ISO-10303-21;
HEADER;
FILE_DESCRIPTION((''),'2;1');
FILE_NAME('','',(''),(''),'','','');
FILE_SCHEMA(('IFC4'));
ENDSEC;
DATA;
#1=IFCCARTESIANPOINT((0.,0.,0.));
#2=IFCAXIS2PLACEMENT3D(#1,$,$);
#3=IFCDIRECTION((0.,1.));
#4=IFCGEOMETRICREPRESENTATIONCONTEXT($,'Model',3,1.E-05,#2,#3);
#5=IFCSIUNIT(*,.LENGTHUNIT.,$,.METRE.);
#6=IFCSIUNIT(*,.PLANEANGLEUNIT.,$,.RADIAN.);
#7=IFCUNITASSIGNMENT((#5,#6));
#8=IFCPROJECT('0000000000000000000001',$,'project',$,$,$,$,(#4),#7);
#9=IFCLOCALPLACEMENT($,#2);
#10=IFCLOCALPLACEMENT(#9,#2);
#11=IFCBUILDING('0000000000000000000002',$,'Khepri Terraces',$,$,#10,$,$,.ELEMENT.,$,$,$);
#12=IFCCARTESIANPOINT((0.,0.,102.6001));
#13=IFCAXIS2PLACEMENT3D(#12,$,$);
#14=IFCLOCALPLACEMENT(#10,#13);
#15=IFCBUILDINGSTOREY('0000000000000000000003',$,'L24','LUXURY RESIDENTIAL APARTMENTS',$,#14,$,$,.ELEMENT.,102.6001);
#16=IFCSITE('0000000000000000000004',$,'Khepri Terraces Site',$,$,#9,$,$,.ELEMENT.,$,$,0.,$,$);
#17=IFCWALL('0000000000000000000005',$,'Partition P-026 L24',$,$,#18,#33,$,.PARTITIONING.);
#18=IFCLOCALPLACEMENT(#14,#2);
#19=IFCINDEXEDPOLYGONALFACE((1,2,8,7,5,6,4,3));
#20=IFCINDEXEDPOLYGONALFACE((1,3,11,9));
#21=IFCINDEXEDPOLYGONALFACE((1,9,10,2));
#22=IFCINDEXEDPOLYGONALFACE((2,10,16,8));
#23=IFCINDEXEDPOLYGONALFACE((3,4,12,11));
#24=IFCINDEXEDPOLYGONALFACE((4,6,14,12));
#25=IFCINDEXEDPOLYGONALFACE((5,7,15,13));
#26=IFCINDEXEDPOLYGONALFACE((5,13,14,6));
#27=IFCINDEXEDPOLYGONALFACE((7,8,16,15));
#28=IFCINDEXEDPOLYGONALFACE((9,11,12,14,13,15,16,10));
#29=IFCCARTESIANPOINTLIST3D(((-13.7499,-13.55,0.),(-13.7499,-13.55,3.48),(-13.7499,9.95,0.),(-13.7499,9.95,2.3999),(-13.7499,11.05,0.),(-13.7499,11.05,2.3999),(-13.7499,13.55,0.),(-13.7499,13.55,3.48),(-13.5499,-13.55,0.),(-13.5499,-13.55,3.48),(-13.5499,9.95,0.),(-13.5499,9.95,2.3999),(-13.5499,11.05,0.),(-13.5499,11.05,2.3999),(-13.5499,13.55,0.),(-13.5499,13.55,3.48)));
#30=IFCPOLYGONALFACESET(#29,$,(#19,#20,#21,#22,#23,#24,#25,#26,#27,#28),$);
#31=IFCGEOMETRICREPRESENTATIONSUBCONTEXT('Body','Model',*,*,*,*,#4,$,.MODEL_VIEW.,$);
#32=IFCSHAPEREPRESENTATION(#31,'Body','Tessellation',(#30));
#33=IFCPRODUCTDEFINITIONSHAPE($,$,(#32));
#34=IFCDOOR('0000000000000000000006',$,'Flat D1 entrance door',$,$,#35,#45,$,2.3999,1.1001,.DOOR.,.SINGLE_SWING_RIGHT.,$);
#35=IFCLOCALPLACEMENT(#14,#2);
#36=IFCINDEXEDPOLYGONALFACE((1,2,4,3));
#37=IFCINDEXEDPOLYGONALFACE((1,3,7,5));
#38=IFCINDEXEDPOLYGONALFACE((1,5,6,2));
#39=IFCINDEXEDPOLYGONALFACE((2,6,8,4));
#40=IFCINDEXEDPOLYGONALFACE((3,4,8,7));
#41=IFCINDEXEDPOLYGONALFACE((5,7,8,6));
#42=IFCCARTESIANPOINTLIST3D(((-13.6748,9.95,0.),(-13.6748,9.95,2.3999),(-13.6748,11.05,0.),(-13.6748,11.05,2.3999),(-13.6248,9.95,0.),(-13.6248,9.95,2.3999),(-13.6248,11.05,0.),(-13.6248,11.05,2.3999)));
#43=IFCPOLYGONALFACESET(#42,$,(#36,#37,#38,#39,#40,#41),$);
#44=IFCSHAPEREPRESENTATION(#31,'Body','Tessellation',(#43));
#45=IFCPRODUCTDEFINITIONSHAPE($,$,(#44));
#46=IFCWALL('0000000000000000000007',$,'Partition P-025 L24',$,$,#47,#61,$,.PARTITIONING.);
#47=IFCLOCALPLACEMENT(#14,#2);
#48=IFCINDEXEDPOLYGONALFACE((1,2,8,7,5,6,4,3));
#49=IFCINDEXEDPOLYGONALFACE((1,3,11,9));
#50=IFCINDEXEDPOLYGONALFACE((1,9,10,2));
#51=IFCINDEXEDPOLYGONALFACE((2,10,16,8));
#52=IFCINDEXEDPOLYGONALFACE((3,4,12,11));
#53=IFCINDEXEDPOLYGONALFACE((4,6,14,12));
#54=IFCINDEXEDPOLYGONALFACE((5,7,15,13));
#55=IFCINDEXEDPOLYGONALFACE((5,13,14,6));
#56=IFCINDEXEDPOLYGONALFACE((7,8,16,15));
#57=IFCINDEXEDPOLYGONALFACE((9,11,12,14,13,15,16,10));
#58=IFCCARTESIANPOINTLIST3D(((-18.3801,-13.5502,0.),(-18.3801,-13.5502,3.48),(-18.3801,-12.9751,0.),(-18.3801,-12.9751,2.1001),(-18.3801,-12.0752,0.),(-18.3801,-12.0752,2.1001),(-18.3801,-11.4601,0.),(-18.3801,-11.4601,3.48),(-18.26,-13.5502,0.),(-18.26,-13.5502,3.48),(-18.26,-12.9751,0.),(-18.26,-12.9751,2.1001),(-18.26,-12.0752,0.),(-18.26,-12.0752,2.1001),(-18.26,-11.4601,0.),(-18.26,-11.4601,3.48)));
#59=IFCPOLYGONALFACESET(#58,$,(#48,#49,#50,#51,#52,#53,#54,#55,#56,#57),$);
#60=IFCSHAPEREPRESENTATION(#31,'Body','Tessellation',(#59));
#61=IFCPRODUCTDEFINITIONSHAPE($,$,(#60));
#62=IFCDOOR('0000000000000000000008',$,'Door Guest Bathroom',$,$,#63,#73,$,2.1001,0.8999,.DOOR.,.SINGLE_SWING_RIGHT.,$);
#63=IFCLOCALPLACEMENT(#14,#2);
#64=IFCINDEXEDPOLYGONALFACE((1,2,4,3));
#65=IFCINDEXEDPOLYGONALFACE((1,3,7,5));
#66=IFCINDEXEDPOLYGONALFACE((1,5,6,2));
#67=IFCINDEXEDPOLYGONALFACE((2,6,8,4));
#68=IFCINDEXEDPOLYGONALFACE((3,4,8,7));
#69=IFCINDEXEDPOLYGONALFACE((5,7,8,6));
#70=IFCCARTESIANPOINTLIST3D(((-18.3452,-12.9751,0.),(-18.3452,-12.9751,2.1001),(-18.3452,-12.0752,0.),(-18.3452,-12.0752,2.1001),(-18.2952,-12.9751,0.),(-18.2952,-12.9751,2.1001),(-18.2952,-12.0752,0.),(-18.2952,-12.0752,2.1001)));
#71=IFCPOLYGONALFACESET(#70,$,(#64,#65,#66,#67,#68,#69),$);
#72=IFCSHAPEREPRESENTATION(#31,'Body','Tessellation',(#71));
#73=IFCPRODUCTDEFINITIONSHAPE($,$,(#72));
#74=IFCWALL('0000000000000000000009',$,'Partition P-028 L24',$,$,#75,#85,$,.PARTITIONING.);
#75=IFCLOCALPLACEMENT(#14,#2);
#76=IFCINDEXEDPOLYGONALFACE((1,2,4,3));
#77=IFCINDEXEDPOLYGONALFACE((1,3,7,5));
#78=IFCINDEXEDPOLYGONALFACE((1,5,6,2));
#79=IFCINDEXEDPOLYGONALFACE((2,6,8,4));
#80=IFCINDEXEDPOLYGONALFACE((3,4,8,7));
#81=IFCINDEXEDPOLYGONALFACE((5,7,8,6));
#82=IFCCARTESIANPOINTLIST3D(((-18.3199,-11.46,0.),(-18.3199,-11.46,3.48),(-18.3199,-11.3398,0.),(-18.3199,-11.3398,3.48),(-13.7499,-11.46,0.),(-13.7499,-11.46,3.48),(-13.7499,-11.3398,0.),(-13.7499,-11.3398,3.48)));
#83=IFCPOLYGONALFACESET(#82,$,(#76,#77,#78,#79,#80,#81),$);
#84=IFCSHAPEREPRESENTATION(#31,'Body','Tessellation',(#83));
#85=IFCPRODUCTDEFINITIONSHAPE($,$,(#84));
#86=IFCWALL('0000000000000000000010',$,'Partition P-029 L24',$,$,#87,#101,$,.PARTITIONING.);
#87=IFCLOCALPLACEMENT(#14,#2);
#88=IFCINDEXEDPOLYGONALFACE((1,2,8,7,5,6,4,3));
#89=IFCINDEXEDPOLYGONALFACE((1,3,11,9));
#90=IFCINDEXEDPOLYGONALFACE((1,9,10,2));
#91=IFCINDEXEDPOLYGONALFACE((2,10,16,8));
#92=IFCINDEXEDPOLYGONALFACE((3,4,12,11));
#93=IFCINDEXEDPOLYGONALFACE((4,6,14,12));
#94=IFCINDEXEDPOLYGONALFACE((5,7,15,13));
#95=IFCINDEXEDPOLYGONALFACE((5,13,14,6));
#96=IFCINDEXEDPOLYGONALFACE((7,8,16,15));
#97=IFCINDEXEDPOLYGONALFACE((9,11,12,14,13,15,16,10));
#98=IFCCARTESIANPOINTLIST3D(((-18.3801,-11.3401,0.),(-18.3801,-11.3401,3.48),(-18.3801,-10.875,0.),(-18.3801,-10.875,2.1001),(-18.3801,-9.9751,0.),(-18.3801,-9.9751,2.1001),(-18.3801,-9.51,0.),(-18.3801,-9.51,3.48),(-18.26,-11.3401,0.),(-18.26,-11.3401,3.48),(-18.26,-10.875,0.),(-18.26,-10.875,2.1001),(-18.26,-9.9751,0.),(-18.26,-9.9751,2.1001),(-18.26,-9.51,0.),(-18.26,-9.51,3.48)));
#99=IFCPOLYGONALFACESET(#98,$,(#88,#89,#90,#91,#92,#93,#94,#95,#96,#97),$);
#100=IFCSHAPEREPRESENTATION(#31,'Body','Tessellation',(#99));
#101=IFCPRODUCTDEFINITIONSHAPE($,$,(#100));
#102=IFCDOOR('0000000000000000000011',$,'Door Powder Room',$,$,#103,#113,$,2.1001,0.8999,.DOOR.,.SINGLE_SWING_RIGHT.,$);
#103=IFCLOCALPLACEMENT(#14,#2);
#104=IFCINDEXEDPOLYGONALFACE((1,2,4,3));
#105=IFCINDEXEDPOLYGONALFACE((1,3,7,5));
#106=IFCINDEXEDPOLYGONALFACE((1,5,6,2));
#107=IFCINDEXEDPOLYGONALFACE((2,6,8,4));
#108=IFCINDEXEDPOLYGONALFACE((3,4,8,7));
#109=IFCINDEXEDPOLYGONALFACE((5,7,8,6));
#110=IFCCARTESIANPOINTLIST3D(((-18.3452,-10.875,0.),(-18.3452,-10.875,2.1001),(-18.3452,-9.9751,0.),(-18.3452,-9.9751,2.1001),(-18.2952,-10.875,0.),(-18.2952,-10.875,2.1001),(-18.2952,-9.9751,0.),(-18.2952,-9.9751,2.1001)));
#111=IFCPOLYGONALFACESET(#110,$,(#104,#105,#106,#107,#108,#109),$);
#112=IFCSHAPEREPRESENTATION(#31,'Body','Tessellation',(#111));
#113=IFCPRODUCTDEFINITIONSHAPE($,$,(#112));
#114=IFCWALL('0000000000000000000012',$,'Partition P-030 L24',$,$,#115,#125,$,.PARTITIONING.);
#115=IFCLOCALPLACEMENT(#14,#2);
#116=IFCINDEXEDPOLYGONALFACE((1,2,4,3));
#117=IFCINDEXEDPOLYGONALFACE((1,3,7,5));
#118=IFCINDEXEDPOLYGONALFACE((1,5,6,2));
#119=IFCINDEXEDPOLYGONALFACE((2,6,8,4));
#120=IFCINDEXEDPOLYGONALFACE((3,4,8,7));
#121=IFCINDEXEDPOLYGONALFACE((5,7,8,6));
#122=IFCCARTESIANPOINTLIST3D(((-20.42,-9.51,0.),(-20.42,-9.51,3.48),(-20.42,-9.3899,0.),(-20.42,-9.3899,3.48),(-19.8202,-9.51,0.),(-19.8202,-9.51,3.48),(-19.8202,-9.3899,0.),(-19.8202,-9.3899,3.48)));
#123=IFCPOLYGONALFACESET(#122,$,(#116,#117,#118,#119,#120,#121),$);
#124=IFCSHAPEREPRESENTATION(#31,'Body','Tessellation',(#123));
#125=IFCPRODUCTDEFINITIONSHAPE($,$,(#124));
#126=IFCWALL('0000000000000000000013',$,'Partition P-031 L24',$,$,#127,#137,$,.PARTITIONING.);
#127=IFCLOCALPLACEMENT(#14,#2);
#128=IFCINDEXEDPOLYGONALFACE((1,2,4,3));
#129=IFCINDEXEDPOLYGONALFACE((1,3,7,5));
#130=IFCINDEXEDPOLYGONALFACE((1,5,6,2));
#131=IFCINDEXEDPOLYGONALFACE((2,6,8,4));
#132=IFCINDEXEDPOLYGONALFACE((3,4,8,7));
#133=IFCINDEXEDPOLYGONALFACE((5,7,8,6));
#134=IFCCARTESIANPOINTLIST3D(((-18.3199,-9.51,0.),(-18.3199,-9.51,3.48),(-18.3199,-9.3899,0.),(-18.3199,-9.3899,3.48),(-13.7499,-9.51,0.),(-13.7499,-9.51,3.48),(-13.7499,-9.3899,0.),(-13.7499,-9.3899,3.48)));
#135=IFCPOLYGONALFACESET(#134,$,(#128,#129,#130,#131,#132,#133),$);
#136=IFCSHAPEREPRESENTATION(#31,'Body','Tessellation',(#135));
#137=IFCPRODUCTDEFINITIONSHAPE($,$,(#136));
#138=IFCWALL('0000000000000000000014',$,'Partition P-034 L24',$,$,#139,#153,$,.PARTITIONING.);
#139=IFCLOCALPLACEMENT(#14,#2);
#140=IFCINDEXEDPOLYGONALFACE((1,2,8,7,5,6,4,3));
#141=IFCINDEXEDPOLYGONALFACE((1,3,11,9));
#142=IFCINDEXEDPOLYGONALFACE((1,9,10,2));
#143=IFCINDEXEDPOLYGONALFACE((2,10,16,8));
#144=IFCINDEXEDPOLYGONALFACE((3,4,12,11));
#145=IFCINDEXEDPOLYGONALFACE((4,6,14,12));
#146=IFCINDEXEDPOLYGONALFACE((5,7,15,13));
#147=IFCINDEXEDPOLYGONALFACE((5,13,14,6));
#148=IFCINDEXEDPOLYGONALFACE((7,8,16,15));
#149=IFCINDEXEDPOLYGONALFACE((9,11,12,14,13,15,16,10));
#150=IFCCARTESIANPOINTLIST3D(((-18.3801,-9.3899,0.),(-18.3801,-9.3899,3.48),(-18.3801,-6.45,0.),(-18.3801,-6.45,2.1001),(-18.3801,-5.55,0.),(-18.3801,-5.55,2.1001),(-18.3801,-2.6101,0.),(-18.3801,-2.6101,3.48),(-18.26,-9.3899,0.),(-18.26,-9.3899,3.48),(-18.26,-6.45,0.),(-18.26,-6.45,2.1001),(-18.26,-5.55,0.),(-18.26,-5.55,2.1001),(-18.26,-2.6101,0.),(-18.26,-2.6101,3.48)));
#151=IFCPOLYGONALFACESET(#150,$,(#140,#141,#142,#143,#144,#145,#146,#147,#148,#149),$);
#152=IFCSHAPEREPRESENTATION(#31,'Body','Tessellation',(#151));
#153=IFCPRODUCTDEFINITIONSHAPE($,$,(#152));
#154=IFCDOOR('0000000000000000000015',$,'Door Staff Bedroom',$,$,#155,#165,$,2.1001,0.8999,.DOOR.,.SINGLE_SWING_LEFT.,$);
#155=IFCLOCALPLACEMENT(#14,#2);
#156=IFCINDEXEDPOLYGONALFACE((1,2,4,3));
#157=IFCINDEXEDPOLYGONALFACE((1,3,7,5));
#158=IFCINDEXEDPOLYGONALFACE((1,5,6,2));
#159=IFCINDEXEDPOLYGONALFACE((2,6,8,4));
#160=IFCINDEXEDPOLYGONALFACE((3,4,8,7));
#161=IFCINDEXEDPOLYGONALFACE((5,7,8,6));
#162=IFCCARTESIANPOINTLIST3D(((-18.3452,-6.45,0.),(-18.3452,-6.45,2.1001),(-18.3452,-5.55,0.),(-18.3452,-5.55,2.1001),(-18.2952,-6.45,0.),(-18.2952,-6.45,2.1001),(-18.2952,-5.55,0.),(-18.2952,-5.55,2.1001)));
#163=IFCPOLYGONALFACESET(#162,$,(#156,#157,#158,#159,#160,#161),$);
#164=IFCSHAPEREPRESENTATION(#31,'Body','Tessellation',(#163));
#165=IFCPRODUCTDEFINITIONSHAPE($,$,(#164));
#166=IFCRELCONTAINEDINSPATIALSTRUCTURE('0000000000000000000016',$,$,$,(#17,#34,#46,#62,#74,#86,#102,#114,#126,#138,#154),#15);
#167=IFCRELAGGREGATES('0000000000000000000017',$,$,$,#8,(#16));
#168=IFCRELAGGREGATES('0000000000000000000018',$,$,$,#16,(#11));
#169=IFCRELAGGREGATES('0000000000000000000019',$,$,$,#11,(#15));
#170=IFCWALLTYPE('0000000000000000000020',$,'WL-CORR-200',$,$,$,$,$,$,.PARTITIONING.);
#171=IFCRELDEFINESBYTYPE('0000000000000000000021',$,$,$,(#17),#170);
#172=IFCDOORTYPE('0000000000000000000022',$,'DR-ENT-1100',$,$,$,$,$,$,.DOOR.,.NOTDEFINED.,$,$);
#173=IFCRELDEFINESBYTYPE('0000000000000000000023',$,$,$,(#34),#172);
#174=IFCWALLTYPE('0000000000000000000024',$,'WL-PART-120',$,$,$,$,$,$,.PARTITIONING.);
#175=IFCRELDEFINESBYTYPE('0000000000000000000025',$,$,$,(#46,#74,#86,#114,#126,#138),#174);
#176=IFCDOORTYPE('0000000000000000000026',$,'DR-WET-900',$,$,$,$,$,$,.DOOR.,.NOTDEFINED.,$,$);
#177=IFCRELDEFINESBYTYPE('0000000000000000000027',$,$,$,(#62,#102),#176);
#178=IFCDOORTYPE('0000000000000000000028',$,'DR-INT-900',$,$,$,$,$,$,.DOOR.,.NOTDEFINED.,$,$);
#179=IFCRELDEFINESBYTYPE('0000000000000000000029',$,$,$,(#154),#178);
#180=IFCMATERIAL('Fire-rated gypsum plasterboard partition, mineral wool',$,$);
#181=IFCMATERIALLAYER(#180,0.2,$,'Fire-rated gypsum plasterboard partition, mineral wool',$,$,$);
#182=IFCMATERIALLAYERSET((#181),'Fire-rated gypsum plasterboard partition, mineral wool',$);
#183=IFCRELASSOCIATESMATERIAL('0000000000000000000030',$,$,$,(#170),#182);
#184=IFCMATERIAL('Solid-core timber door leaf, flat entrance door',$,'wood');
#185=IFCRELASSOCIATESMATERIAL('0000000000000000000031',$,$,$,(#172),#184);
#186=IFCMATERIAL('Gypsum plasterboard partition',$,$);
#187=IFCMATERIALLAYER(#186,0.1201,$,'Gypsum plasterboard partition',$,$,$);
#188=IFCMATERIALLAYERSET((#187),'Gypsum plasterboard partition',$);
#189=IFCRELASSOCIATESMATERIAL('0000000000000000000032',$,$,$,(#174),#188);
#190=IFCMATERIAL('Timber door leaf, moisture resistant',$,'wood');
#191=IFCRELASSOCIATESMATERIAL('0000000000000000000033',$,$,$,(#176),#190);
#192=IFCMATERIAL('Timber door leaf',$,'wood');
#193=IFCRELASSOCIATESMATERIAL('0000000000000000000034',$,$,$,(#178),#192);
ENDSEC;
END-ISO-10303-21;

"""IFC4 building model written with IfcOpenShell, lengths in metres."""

from ifc_helpers import new_model, si_unit, direction, frame, frame_2d, origin, place, context, subcontext, project, spatial, rectangle, extrude, material, layer, layer_set, type_object, element, fill, save


model = new_model("IFC4")

# Units and contexts
model_context = context("Model", 3, precision=1e-05, world=origin(), true_north=direction((0.0, 1.0)))
body_context = subcontext(model_context, "Body", "Model", "MODEL_VIEW")
ifc_project = project(units=[si_unit("LENGTHUNIT", "METRE"), si_unit("PLANEANGLEUNIT", "RADIAN")], contexts=[model_context])

# Site, building, storey
site_placement = place(None, origin())
site = spatial("IfcSite", under=ifc_project, at=site_placement, Name="Khepri Terraces Site", CompositionType="ELEMENT", RefElevation=0.0)
building_placement = place(site_placement, origin())
building = spatial("IfcBuilding", under=site, at=building_placement, Name="Khepri Terraces", CompositionType="ELEMENT")
storey_placement = place(building_placement, frame((0.0, 0.0, 102.6001)))
storey = spatial("IfcBuildingStorey", under=building, at=storey_placement, Name="L24", Description="LUXURY RESIDENTIAL APARTMENTS", CompositionType="ELEMENT", Elevation=102.6001)

# Wall, opening, door
ifc_material_1 = material(Name="Fire-rated gypsum plasterboard partition, mineral wool")
ifc_layer_1 = layer(ifc_material_1, 0.2, Name="Fire-rated gypsum plasterboard partition, mineral wool")
ifc_layer_set_1 = layer_set([ifc_layer_1], Name="Fire-rated gypsum plasterboard partition, mineral wool")
wall_type_1 = type_object("IfcWallType", Name="WL-CORR-200", PredefinedType="PARTITIONING", material=ifc_layer_set_1)
wall_1_placement = place(storey_placement, frame((-13.6499, -13.55, 0.0), z_axis=(0.0, 0.0, 1.0), x_axis=(0.0, 1.0, 0.0)))
wall_1 = element("IfcWall", 1, at=wall_1_placement, inside=storey, type_object=wall_type_1, Name="Partition P-026 L24", PredefinedType="PARTITIONING", context=body_context, shape_type="SweptSolid", body=[
    extrude(rectangle(XDim=27.1001, YDim=0.2, at=frame_2d((13.55, 0.0))), origin(), (0.0, 0.0, 1.0), 3.48),
])
opening_1_placement = place(wall_1_placement, frame((23.5, 0.0, 0.0)))
opening_1 = element("IfcOpeningElement", 2, at=opening_1_placement, cuts=wall_1, PredefinedType="OPENING", context=body_context, shape_type="SweptSolid", body=[
    extrude(rectangle(XDim=1.1001, YDim=2.3999, at=frame_2d((0.55, 1.2))), frame((0.0, 0.1099, 0.0), z_axis=(0.0, -1.0, 0.0), x_axis=(1.0, 0.0, 0.0)), (0.0, 0.0, 1.0), 0.22),
])
ifc_material_2 = material(Name="Solid-core timber door leaf, flat entrance door", Category="wood")
door_type_1 = type_object("IfcDoorType", Name="DR-ENT-1100", OperationType="NOTDEFINED", PredefinedType="DOOR", material=ifc_material_2)
door_1_placement = place(opening_1_placement, origin())
door_1 = element("IfcDoor", 3, at=door_1_placement, inside=storey, type_object=door_type_1, Name="Flat D1 entrance door", OperationType="SINGLE_SWING_RIGHT", OverallHeight=2.3999, OverallWidth=1.1001, PredefinedType="DOOR", context=body_context, shape_type="SweptSolid", body=[
    extrude(rectangle(XDim=1.1001, YDim=2.3999, at=frame_2d((0.55, 1.2))), frame((0.0, 0.0249, 0.0), z_axis=(0.0, -1.0, 0.0), x_axis=(1.0, 0.0, 0.0)), (0.0, 0.0, 1.0), 0.05),
])
fill(opening_1, door_1)

# Wall, opening, door
ifc_material_3 = material(Name="Gypsum plasterboard partition")
ifc_layer_2 = layer(ifc_material_3, 0.1201, Name="Gypsum plasterboard partition")
ifc_layer_set_2 = layer_set([ifc_layer_2], Name="Gypsum plasterboard partition")
wall_type_2 = type_object("IfcWallType", Name="WL-PART-120", PredefinedType="PARTITIONING", material=ifc_layer_set_2)
wall_2_placement = place(storey_placement, frame((-18.3201, -13.55, 0.0), z_axis=(0.0, 0.0, 1.0), x_axis=(0.0, 1.0, 0.0)))
wall_2 = element("IfcWall", 4, at=wall_2_placement, inside=storey, type_object=wall_type_2, Name="Partition P-025 L24", PredefinedType="PARTITIONING", context=body_context, shape_type="SweptSolid", body=[
    extrude(rectangle(XDim=2.0901, YDim=0.1201, at=frame_2d((1.0449, 0.0))), origin(), (0.0, 0.0, 1.0), 3.48),
])
opening_2_placement = place(wall_2_placement, frame((0.575, 0.0, 0.0)))
opening_2 = element("IfcOpeningElement", 5, at=opening_2_placement, cuts=wall_2, PredefinedType="OPENING", context=body_context, shape_type="SweptSolid", body=[
    extrude(rectangle(XDim=0.8999, YDim=2.1001, at=frame_2d((0.45, 1.05))), frame((0.0, 0.0701, 0.0), z_axis=(0.0, -1.0, 0.0), x_axis=(1.0, 0.0, 0.0)), (0.0, 0.0, 1.0), 0.1401),
])
ifc_material_4 = material(Name="Timber door leaf, moisture resistant", Category="wood")
door_type_2 = type_object("IfcDoorType", Name="DR-WET-900", OperationType="NOTDEFINED", PredefinedType="DOOR", material=ifc_material_4)
door_2_placement = place(opening_2_placement, frame((0.8999, 0.0, 0.0), z_axis=(0.0, 0.0, 1.0), x_axis=(-1.0, 0.0, 0.0)))
door_2 = element("IfcDoor", 6, at=door_2_placement, inside=storey, type_object=door_type_2, Name="Door Guest Bathroom", OperationType="SINGLE_SWING_RIGHT", OverallHeight=2.1001, OverallWidth=0.8999, PredefinedType="DOOR", context=body_context, shape_type="SweptSolid", body=[
    extrude(rectangle(XDim=0.8999, YDim=2.1001, at=frame_2d((0.45, 1.05))), frame((0.0, 0.0249, 0.0), z_axis=(0.0, -1.0, 0.0), x_axis=(1.0, 0.0, 0.0)), (0.0, 0.0, 1.0), 0.05),
])
fill(opening_2, door_2)

# Wall
wall_3_placement = place(storey_placement, frame((-18.3201, -11.3999, 0.0), z_axis=(0.0, 0.0, 1.0), x_axis=(1.0, 0.0, 0.0)))
element("IfcWall", 7, at=wall_3_placement, inside=storey, type_object=wall_type_2, Name="Partition P-028 L24", PredefinedType="PARTITIONING", context=body_context, shape_type="SweptSolid", body=[
    extrude(rectangle(XDim=4.5701, YDim=0.1201, at=frame_2d((2.2852, 0.0))), origin(), (0.0, 0.0, 1.0), 3.48),
])

# Wall, opening, door
wall_4_placement = place(storey_placement, frame((-18.3201, -11.3401, 0.0), z_axis=(0.0, 0.0, 1.0), x_axis=(0.0, 1.0, 0.0)))
wall_4 = element("IfcWall", 8, at=wall_4_placement, inside=storey, type_object=wall_type_2, Name="Partition P-029 L24", PredefinedType="PARTITIONING", context=body_context, shape_type="SweptSolid", body=[
    extrude(rectangle(XDim=1.8301, YDim=0.1201, at=frame_2d((0.915, 0.0))), origin(), (0.0, 0.0, 1.0), 3.48),
])
opening_3_placement = place(wall_4_placement, frame((0.4651, 0.0, 0.0)))
opening_3 = element("IfcOpeningElement", 9, at=opening_3_placement, cuts=wall_4, PredefinedType="OPENING", context=body_context, shape_type="SweptSolid", body=[
    extrude(rectangle(XDim=0.8999, YDim=2.1001, at=frame_2d((0.45, 1.05))), frame((0.0, 0.0701, 0.0), z_axis=(0.0, -1.0, 0.0), x_axis=(1.0, 0.0, 0.0)), (0.0, 0.0, 1.0), 0.1401),
])
door_3_placement = place(opening_3_placement, frame((0.8999, 0.0, 0.0), z_axis=(0.0, 0.0, 1.0), x_axis=(-1.0, 0.0, 0.0)))
door_3 = element("IfcDoor", 10, at=door_3_placement, inside=storey, type_object=door_type_2, Name="Door Powder Room", OperationType="SINGLE_SWING_RIGHT", OverallHeight=2.1001, OverallWidth=0.8999, PredefinedType="DOOR", context=body_context, shape_type="SweptSolid", body=[
    extrude(rectangle(XDim=0.8999, YDim=2.1001, at=frame_2d((0.45, 1.05))), frame((0.0, 0.0249, 0.0), z_axis=(0.0, -1.0, 0.0), x_axis=(1.0, 0.0, 0.0)), (0.0, 0.0, 1.0), 0.05),
])
fill(opening_3, door_3)

# Walls
wall_5_placement = place(storey_placement, frame((-20.4199, -9.45, 0.0), z_axis=(0.0, 0.0, 1.0), x_axis=(1.0, 0.0, 0.0)))
element("IfcWall", 11, at=wall_5_placement, inside=storey, type_object=wall_type_2, Name="Partition P-030 L24", PredefinedType="PARTITIONING", context=body_context, shape_type="SweptSolid", body=[
    extrude(rectangle(XDim=0.5999, YDim=0.1201, at=frame_2d((0.2998, 0.0))), origin(), (0.0, 0.0, 1.0), 3.48),
])
wall_6_placement = place(storey_placement, frame((-18.3201, -9.45, 0.0), z_axis=(0.0, 0.0, 1.0), x_axis=(1.0, 0.0, 0.0)))
element("IfcWall", 12, at=wall_6_placement, inside=storey, type_object=wall_type_2, Name="Partition P-031 L24", PredefinedType="PARTITIONING", context=body_context, shape_type="SweptSolid", body=[
    extrude(rectangle(XDim=4.5701, YDim=0.1201, at=frame_2d((2.2852, 0.0))), origin(), (0.0, 0.0, 1.0), 3.48),
])

# Wall, opening, door
wall_7_placement = place(storey_placement, frame((-18.3201, -9.3899, 0.0), z_axis=(0.0, 0.0, 1.0), x_axis=(0.0, 1.0, 0.0)))
wall_7 = element("IfcWall", 13, at=wall_7_placement, inside=storey, type_object=wall_type_2, Name="Partition P-034 L24", PredefinedType="PARTITIONING", context=body_context, shape_type="SweptSolid", body=[
    extrude(rectangle(XDim=6.7798, YDim=0.1201, at=frame_2d((3.3899, 0.0))), origin(), (0.0, 0.0, 1.0), 3.48),
])
opening_4_placement = place(wall_7_placement, frame((2.9399, 0.0, 0.0)))
opening_4 = element("IfcOpeningElement", 14, at=opening_4_placement, cuts=wall_7, PredefinedType="OPENING", context=body_context, shape_type="SweptSolid", body=[
    extrude(rectangle(XDim=0.8999, YDim=2.1001, at=frame_2d((0.45, 1.05))), frame((0.0, 0.0701, 0.0), z_axis=(0.0, -1.0, 0.0), x_axis=(1.0, 0.0, 0.0)), (0.0, 0.0, 1.0), 0.1401),
])
ifc_material_5 = material(Name="Timber door leaf", Category="wood")
door_type_3 = type_object("IfcDoorType", Name="DR-INT-900", OperationType="NOTDEFINED", PredefinedType="DOOR", material=ifc_material_5)
door_4_placement = place(opening_4_placement, frame((0.8999, 0.0, 0.0), z_axis=(0.0, 0.0, 1.0), x_axis=(-1.0, 0.0, 0.0)))
door_4 = element("IfcDoor", 15, at=door_4_placement, inside=storey, type_object=door_type_3, Name="Door Staff Bedroom", OperationType="SINGLE_SWING_LEFT", OverallHeight=2.1001, OverallWidth=0.8999, PredefinedType="DOOR", context=body_context, shape_type="SweptSolid", body=[
    extrude(rectangle(XDim=0.8999, YDim=2.1001, at=frame_2d((0.45, 1.05))), frame((0.0, 0.0249, 0.0), z_axis=(0.0, -1.0, 0.0), x_axis=(1.0, 0.0, 0.0)), (0.0, 0.0, 1.0), 0.05),
])
fill(opening_4, door_4)

save(model, "model.ifc")
